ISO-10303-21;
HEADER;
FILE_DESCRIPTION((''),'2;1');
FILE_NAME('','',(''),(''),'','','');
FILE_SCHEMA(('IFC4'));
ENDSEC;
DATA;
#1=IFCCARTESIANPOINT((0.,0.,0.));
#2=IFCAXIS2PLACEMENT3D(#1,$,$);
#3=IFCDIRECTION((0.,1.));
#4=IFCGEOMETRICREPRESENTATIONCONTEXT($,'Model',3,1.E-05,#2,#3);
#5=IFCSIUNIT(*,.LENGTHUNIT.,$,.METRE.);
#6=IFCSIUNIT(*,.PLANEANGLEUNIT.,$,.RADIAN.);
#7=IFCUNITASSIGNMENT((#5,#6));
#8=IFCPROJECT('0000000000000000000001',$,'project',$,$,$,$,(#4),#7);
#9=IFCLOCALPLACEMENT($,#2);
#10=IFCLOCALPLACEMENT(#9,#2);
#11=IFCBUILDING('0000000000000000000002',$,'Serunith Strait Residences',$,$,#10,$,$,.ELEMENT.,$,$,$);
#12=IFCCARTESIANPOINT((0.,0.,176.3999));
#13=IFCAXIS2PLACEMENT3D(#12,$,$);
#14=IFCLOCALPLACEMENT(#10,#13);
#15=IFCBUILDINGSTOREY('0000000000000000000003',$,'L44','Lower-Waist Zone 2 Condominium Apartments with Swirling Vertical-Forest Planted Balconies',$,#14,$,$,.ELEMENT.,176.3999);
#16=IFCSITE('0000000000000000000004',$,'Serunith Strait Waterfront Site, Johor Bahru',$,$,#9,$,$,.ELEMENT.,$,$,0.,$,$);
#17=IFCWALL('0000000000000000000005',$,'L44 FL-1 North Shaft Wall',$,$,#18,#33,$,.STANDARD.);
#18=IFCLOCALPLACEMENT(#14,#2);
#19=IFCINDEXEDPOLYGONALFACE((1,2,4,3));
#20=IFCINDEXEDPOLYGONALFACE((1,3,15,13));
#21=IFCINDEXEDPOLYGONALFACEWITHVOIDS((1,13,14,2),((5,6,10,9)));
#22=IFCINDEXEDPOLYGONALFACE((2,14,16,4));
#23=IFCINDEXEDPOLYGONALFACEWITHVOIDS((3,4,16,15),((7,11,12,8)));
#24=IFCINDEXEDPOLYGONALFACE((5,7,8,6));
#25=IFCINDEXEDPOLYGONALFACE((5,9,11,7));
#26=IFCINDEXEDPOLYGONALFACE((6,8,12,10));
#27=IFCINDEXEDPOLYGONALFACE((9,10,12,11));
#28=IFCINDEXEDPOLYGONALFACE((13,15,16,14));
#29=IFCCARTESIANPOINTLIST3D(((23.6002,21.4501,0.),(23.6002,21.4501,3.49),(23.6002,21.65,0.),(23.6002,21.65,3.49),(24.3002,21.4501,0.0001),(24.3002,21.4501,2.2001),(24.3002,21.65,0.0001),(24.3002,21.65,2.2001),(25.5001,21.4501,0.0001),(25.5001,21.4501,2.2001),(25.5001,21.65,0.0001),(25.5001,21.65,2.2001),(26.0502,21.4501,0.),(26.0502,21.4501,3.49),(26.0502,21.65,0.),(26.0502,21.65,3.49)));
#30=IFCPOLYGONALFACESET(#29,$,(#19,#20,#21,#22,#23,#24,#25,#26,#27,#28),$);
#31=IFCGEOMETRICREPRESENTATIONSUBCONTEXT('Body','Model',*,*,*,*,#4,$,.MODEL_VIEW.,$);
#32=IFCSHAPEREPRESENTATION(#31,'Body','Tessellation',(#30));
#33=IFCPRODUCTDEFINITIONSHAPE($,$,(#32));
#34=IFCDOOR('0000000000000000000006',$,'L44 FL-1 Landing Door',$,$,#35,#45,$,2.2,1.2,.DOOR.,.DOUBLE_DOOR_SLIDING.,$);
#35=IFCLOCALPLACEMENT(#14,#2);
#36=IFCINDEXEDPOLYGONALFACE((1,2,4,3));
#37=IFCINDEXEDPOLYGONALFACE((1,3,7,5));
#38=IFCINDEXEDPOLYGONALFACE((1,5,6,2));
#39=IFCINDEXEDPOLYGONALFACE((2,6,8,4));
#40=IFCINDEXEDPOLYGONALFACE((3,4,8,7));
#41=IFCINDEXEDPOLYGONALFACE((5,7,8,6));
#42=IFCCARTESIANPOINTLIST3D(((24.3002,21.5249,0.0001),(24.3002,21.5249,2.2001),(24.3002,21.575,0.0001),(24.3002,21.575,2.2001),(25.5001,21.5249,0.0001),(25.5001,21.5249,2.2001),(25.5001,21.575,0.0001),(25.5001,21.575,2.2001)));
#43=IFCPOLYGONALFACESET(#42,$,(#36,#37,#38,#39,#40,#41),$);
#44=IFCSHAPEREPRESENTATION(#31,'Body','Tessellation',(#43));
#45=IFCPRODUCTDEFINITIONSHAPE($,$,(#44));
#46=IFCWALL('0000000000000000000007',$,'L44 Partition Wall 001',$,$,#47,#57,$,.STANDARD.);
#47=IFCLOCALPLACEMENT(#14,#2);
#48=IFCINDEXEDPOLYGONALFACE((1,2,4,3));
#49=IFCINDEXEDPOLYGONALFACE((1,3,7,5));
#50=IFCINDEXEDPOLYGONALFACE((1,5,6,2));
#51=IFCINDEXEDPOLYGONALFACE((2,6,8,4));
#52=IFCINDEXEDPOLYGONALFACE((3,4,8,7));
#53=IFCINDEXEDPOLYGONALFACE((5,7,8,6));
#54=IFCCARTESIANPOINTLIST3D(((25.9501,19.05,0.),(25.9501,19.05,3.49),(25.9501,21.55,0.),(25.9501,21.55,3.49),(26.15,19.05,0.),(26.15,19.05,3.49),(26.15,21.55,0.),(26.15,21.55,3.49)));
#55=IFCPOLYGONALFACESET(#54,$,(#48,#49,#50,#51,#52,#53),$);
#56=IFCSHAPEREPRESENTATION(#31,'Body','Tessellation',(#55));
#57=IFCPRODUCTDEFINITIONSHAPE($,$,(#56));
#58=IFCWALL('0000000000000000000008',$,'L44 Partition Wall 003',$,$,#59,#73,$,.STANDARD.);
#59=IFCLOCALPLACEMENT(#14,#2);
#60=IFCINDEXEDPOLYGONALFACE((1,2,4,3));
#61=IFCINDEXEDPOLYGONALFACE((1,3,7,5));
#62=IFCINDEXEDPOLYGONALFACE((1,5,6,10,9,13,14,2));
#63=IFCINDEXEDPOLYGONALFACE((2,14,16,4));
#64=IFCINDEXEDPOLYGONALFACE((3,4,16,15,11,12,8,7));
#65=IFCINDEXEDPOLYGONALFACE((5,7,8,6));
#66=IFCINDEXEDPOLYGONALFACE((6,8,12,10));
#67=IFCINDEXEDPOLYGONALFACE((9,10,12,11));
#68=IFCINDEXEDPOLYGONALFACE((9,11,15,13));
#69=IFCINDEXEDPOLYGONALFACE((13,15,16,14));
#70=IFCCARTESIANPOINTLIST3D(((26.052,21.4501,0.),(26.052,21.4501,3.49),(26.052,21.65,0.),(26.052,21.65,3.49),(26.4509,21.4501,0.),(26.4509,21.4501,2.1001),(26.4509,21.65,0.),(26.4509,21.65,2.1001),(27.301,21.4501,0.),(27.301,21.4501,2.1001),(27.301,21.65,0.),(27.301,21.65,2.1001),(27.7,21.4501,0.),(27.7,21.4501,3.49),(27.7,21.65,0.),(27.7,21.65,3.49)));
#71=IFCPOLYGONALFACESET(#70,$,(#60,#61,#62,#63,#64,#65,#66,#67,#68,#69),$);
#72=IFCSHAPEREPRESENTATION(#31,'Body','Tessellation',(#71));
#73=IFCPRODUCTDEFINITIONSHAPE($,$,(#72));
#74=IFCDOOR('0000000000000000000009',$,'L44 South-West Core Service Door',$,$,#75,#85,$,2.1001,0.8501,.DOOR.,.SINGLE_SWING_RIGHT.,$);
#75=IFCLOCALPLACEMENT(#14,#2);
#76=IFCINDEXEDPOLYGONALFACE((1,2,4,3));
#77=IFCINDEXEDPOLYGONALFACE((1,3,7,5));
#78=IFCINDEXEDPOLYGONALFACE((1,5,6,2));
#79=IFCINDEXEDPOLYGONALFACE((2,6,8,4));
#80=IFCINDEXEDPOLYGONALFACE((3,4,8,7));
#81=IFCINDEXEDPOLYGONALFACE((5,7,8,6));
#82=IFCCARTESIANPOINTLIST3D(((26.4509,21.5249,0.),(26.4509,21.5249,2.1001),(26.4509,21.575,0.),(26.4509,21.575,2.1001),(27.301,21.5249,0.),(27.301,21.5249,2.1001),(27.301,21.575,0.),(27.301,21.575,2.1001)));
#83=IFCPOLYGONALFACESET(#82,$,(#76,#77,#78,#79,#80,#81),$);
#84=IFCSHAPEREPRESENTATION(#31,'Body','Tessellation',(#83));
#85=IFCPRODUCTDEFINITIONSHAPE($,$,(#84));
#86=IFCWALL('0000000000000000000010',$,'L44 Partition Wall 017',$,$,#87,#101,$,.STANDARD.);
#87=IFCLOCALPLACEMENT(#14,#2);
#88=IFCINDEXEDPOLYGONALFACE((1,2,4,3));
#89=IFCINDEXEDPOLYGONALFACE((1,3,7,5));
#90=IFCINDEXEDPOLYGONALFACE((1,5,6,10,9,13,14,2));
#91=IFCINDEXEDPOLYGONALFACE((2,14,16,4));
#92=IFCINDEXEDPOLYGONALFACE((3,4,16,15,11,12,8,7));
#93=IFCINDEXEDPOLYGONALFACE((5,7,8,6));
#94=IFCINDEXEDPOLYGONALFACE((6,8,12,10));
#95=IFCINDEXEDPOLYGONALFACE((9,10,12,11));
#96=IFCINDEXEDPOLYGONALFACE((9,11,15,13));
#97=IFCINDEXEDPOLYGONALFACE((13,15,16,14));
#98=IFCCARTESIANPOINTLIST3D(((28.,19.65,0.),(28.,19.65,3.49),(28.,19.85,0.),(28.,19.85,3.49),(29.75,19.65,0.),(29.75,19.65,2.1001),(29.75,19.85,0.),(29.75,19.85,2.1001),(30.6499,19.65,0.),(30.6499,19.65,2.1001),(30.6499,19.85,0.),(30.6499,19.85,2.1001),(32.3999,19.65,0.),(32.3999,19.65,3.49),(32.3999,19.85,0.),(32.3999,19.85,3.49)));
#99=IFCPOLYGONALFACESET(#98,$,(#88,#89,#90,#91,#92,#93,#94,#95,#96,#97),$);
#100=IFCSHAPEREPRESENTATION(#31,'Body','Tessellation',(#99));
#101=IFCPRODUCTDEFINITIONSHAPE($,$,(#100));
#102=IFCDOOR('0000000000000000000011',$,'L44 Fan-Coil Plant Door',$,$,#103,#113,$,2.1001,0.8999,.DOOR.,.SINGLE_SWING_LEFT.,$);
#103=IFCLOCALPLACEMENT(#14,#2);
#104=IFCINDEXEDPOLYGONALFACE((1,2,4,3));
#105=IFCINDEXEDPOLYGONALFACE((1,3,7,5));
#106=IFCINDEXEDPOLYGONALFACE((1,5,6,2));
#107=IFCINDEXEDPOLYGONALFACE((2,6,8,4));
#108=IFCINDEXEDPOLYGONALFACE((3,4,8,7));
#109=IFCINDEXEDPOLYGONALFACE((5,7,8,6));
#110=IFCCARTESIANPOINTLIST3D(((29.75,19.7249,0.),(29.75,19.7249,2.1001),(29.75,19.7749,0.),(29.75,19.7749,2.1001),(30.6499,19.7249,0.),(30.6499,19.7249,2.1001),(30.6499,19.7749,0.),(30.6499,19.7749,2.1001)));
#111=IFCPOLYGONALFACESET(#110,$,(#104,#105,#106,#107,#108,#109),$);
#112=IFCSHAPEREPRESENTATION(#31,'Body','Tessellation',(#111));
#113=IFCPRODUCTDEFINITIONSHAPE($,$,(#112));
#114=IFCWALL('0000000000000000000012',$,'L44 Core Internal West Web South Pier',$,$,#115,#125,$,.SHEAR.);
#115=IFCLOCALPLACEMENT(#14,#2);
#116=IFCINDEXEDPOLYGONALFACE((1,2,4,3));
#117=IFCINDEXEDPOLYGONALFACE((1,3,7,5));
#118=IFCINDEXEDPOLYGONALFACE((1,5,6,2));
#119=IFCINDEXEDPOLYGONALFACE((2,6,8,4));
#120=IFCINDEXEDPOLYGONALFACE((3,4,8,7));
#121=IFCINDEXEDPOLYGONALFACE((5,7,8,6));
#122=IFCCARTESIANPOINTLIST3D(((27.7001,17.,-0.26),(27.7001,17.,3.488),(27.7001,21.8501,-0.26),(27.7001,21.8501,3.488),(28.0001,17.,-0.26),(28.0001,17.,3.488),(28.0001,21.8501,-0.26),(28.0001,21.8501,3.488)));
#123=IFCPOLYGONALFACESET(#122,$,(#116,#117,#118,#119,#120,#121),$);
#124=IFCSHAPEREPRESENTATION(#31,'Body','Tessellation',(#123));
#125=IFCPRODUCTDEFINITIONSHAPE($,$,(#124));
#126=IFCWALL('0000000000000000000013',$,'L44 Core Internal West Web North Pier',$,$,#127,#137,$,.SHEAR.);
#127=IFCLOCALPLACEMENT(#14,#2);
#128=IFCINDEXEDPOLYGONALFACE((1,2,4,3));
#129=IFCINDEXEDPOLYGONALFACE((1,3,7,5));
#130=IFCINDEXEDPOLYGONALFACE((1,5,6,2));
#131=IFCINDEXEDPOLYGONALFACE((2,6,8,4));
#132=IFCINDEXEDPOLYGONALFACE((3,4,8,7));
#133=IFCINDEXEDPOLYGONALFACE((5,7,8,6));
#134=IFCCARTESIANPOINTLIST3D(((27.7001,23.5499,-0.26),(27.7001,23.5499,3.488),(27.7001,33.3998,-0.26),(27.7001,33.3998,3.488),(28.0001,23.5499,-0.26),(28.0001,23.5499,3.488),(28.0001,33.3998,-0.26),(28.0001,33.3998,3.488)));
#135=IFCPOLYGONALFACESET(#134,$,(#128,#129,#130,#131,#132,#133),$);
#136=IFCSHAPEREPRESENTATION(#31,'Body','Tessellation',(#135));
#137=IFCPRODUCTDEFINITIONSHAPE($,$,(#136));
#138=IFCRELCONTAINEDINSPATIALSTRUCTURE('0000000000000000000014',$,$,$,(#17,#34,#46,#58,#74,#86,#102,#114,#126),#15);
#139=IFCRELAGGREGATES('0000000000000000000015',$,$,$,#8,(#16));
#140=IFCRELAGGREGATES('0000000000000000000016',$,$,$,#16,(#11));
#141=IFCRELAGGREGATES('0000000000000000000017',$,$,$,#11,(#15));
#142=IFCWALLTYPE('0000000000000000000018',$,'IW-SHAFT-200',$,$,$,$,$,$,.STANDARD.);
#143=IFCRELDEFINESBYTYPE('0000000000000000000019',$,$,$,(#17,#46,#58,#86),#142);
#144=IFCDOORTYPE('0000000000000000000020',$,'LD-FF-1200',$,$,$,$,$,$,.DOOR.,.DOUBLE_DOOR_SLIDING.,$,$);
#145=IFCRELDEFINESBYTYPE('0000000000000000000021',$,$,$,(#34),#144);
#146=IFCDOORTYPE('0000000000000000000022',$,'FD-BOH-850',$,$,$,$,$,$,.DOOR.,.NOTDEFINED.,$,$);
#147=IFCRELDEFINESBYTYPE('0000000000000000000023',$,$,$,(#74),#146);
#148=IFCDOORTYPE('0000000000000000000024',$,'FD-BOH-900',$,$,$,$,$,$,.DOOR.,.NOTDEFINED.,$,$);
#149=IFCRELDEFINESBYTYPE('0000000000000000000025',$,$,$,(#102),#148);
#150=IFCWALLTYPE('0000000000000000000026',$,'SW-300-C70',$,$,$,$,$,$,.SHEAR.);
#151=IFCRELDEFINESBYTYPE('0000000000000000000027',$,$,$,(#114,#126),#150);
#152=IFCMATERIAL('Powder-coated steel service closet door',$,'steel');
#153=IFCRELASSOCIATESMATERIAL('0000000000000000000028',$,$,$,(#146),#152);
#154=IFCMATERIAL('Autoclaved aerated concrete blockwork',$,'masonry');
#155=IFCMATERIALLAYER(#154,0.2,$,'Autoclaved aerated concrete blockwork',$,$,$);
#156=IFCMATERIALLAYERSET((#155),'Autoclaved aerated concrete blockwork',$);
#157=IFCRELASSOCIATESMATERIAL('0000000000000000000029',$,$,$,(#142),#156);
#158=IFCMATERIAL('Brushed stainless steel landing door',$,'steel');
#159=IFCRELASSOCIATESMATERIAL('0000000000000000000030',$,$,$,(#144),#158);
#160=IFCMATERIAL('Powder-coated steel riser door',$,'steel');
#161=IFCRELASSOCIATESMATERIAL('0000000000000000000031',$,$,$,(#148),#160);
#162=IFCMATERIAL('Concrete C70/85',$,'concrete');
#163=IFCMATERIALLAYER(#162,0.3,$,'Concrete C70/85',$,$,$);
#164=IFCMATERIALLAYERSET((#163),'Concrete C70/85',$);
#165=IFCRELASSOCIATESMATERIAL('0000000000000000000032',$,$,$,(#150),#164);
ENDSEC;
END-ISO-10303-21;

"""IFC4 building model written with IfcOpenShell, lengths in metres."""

from ifc_helpers import new_model, si_unit, direction, frame, frame_2d, origin, place, context, subcontext, project, spatial, rectangle, extrude, source, transform, mapped, material, layer, layer_set, type_object, element, fill, save


model = new_model("IFC4")

# Units and contexts
model_context = context("Model", 3, precision=1e-05, world=origin(), true_north=direction((0.0, 1.0)))
body_context = subcontext(model_context, "Body", "Model", "MODEL_VIEW")
ifc_project = project(units=[si_unit("LENGTHUNIT", "METRE"), si_unit("PLANEANGLEUNIT", "RADIAN")], contexts=[model_context])

# Site, building, storey
site_placement = place(None, origin())
site = spatial("IfcSite", under=ifc_project, at=site_placement, Name="Serunith Strait Waterfront Site, Johor Bahru", CompositionType="ELEMENT", RefElevation=0.0)
building_placement = place(site_placement, origin())
building = spatial("IfcBuilding", under=site, at=building_placement, Name="Serunith Strait Residences", CompositionType="ELEMENT")
storey_placement = place(building_placement, frame((0.0, 0.0, 176.3999)))
storey = spatial("IfcBuildingStorey", under=building, at=storey_placement, Name="L44", Description="Lower-Waist Zone 2 Condominium Apartments with Swirling Vertical-Forest Planted Balconies", CompositionType="ELEMENT", Elevation=176.3999)

# Shared definitions
ifc_material_1 = material(Name="Powder-coated steel service closet door", Category="steel")
door_type_1 = type_object("IfcDoorType", Name="FD-BOH-850", OperationType="NOTDEFINED", PredefinedType="DOOR", material=ifc_material_1)
shared_shape_1 = source(origin(), body_context, "Body", "SweptSolid", [
    extrude(rectangle(XDim=0.8501, YDim=2.1001, at=frame_2d((0.425, 1.05))), frame((0.0, 0.0249, 0.0), z_axis=(0.0, -1.0, 0.0), x_axis=(1.0, 0.0, 0.0)), (0.0, 0.0, 1.0), 0.05),
])

# Wall, opening, door
ifc_material_2 = material(Name="Autoclaved aerated concrete blockwork", Category="masonry")
ifc_layer_1 = layer(ifc_material_2, 0.2, Name="Autoclaved aerated concrete blockwork")
ifc_layer_set_1 = layer_set([ifc_layer_1], Name="Autoclaved aerated concrete blockwork")
wall_type_1 = type_object("IfcWallType", Name="IW-SHAFT-200", PredefinedType="STANDARD", material=ifc_layer_set_1)
wall_1_placement = place(storey_placement, frame((23.6001, 21.55, 0.0), z_axis=(0.0, 0.0, 1.0), x_axis=(1.0, 0.0, 0.0)))
wall_1 = element("IfcWall", 1, at=wall_1_placement, inside=storey, type_object=wall_type_1, Name="L44 FL-1 North Shaft Wall", PredefinedType="STANDARD", context=body_context, shape_type="SweptSolid", body=[
    extrude(rectangle(XDim=2.45, YDim=0.2, at=frame_2d((1.2251, 0.0))), origin(), (0.0, 0.0, 1.0), 3.49),
])
opening_1_placement = place(wall_1_placement, frame((0.7, 0.0, 0.0)))
opening_1 = element("IfcOpeningElement", 2, at=opening_1_placement, cuts=wall_1, PredefinedType="OPENING", context=body_context, shape_type="SweptSolid", body=[
    extrude(rectangle(XDim=1.2, YDim=2.2, at=frame_2d((0.6001, 1.1001))), frame((0.0, 0.1099, 0.0), z_axis=(0.0, -1.0, 0.0), x_axis=(1.0, 0.0, 0.0)), (0.0, 0.0, 1.0), 0.22),
])
ifc_material_3 = material(Name="Brushed stainless steel landing door", Category="steel")
door_type_2 = type_object("IfcDoorType", Name="LD-FF-1200", OperationType="DOUBLE_DOOR_SLIDING", PredefinedType="DOOR", material=ifc_material_3)
shared_shape_2 = source(origin(), body_context, "Body", "SweptSolid", [
    extrude(rectangle(XDim=1.2, YDim=2.2, at=frame_2d((0.6001, 1.1001))), frame((0.0, 0.0249, 0.0), z_axis=(0.0, -1.0, 0.0), x_axis=(1.0, 0.0, 0.0)), (0.0, 0.0, 1.0), 0.05),
])
door_1_placement = place(opening_1_placement, origin())
door_1 = element("IfcDoor", 3, at=door_1_placement, inside=storey, type_object=door_type_2, Name="L44 FL-1 Landing Door", OperationType="DOUBLE_DOOR_SLIDING", OverallHeight=2.2, OverallWidth=1.2, PredefinedType="DOOR", context=body_context, shape_type="MappedRepresentation", body=[
    mapped(shared_shape_2, transform((0.0, 0.0, 0.0), scale=1.0)),
])
fill(opening_1, door_1)

# Wall
wall_2_placement = place(storey_placement, frame((26.05, 19.05, 0.0), z_axis=(0.0, 0.0, 1.0), x_axis=(0.0, 1.0, 0.0)))
element("IfcWall", 4, at=wall_2_placement, inside=storey, type_object=wall_type_1, Name="L44 Partition Wall 001", PredefinedType="STANDARD", context=body_context, shape_type="SweptSolid", body=[
    extrude(rectangle(XDim=2.5, YDim=0.2, at=frame_2d((1.25, 0.0))), origin(), (0.0, 0.0, 1.0), 3.49),
])

# Walls, openings, doors
wall_3_placement = place(storey_placement, frame((26.052, 21.55, 0.0), z_axis=(0.0, 0.0, 1.0), x_axis=(1.0, 0.0, 0.0)))
wall_3 = element("IfcWall", 5, at=wall_3_placement, inside=storey, type_object=wall_type_1, Name="L44 Partition Wall 003", PredefinedType="STANDARD", context=body_context, shape_type="SweptSolid", body=[
    extrude(rectangle(XDim=1.6479, YDim=0.2, at=frame_2d((0.824, 0.0))), origin(), (0.0, 0.0, 1.0), 3.49),
])
opening_2_placement = place(wall_3_placement, frame((0.3989, 0.0, 0.0)))
opening_2 = element("IfcOpeningElement", 6, at=opening_2_placement, cuts=wall_3, PredefinedType="OPENING", context=body_context, shape_type="SweptSolid", body=[
    extrude(rectangle(XDim=0.8501, YDim=2.1001, at=frame_2d((0.425, 1.05))), frame((0.0, 0.1099, 0.0), z_axis=(0.0, -1.0, 0.0), x_axis=(1.0, 0.0, 0.0)), (0.0, 0.0, 1.0), 0.22),
])
door_2_placement = place(opening_2_placement, origin())
door_2 = element("IfcDoor", 7, at=door_2_placement, inside=storey, type_object=door_type_1, Name="L44 South-West Core Service Door", OperationType="SINGLE_SWING_RIGHT", OverallHeight=2.1001, OverallWidth=0.8501, PredefinedType="DOOR", context=body_context, shape_type="MappedRepresentation", body=[
    mapped(shared_shape_1, transform((0.0, 0.0, 0.0), scale=1.0)),
])
fill(opening_2, door_2)
wall_4_placement = place(storey_placement, frame((28.0, 19.75, 0.0), z_axis=(0.0, 0.0, 1.0), x_axis=(1.0, 0.0, 0.0)))
wall_4 = element("IfcWall", 8, at=wall_4_placement, inside=storey, type_object=wall_type_1, Name="L44 Partition Wall 017", PredefinedType="STANDARD", context=body_context, shape_type="SweptSolid", body=[
    extrude(rectangle(XDim=4.3999, YDim=0.2, at=frame_2d((2.2, 0.0))), origin(), (0.0, 0.0, 1.0), 3.49),
])
opening_3_placement = place(wall_4_placement, frame((1.75, 0.0, 0.0)))
opening_3 = element("IfcOpeningElement", 9, at=opening_3_placement, cuts=wall_4, PredefinedType="OPENING", context=body_context, shape_type="SweptSolid", body=[
    extrude(rectangle(XDim=0.8999, YDim=2.1001, at=frame_2d((0.45, 1.05))), frame((0.0, 0.1099, 0.0), z_axis=(0.0, -1.0, 0.0), x_axis=(1.0, 0.0, 0.0)), (0.0, 0.0, 1.0), 0.22),
])
ifc_material_4 = material(Name="Powder-coated steel riser door", Category="steel")
door_type_3 = type_object("IfcDoorType", Name="FD-BOH-900", OperationType="NOTDEFINED", PredefinedType="DOOR", material=ifc_material_4)
shared_shape_3 = source(origin(), body_context, "Body", "SweptSolid", [
    extrude(rectangle(XDim=0.8999, YDim=2.1001, at=frame_2d((0.45, 1.05))), frame((0.0, 0.0249, 0.0), z_axis=(0.0, -1.0, 0.0), x_axis=(1.0, 0.0, 0.0)), (0.0, 0.0, 1.0), 0.05),
])
door_3_placement = place(opening_3_placement, origin())
door_3 = element("IfcDoor", 10, at=door_3_placement, inside=storey, type_object=door_type_3, Name="L44 Fan-Coil Plant Door", OperationType="SINGLE_SWING_LEFT", OverallHeight=2.1001, OverallWidth=0.8999, PredefinedType="DOOR", context=body_context, shape_type="MappedRepresentation", body=[
    mapped(shared_shape_3, transform((0.0, 0.0, 0.0), scale=1.0)),
])
fill(opening_3, door_3)

# Walls
ifc_material_5 = material(Name="Concrete C70/85", Category="concrete")
ifc_layer_2 = layer(ifc_material_5, 0.3, Name="Concrete C70/85")
ifc_layer_set_2 = layer_set([ifc_layer_2], Name="Concrete C70/85")
wall_type_2 = type_object("IfcWallType", Name="SW-300-C70", PredefinedType="SHEAR", material=ifc_layer_set_2)
wall_5_placement = place(storey_placement, frame((27.8501, 17.0, -0.26), z_axis=(0.0, 0.0, 1.0), x_axis=(0.0, 1.0, 0.0)))
element("IfcWall", 11, at=wall_5_placement, inside=storey, type_object=wall_type_2, Name="L44 Core Internal West Web South Pier", PredefinedType="SHEAR", context=body_context, shape_type="SweptSolid", body=[
    extrude(rectangle(XDim=4.8501, YDim=0.3, at=frame_2d((2.425, 0.0))), origin(), (0.0, 0.0, 1.0), 3.748),
])
wall_6_placement = place(storey_placement, frame((27.8501, 23.55, -0.26), z_axis=(0.0, 0.0, 1.0), x_axis=(0.0, 1.0, 0.0)))
element("IfcWall", 12, at=wall_6_placement, inside=storey, type_object=wall_type_2, Name="L44 Core Internal West Web North Pier", PredefinedType="SHEAR", context=body_context, shape_type="SweptSolid", body=[
    extrude(rectangle(XDim=9.8499, YDim=0.3, at=frame_2d((4.9248, 0.0))), origin(), (0.0, 0.0, 1.0), 3.748),
])

save(model, "model.ifc")
